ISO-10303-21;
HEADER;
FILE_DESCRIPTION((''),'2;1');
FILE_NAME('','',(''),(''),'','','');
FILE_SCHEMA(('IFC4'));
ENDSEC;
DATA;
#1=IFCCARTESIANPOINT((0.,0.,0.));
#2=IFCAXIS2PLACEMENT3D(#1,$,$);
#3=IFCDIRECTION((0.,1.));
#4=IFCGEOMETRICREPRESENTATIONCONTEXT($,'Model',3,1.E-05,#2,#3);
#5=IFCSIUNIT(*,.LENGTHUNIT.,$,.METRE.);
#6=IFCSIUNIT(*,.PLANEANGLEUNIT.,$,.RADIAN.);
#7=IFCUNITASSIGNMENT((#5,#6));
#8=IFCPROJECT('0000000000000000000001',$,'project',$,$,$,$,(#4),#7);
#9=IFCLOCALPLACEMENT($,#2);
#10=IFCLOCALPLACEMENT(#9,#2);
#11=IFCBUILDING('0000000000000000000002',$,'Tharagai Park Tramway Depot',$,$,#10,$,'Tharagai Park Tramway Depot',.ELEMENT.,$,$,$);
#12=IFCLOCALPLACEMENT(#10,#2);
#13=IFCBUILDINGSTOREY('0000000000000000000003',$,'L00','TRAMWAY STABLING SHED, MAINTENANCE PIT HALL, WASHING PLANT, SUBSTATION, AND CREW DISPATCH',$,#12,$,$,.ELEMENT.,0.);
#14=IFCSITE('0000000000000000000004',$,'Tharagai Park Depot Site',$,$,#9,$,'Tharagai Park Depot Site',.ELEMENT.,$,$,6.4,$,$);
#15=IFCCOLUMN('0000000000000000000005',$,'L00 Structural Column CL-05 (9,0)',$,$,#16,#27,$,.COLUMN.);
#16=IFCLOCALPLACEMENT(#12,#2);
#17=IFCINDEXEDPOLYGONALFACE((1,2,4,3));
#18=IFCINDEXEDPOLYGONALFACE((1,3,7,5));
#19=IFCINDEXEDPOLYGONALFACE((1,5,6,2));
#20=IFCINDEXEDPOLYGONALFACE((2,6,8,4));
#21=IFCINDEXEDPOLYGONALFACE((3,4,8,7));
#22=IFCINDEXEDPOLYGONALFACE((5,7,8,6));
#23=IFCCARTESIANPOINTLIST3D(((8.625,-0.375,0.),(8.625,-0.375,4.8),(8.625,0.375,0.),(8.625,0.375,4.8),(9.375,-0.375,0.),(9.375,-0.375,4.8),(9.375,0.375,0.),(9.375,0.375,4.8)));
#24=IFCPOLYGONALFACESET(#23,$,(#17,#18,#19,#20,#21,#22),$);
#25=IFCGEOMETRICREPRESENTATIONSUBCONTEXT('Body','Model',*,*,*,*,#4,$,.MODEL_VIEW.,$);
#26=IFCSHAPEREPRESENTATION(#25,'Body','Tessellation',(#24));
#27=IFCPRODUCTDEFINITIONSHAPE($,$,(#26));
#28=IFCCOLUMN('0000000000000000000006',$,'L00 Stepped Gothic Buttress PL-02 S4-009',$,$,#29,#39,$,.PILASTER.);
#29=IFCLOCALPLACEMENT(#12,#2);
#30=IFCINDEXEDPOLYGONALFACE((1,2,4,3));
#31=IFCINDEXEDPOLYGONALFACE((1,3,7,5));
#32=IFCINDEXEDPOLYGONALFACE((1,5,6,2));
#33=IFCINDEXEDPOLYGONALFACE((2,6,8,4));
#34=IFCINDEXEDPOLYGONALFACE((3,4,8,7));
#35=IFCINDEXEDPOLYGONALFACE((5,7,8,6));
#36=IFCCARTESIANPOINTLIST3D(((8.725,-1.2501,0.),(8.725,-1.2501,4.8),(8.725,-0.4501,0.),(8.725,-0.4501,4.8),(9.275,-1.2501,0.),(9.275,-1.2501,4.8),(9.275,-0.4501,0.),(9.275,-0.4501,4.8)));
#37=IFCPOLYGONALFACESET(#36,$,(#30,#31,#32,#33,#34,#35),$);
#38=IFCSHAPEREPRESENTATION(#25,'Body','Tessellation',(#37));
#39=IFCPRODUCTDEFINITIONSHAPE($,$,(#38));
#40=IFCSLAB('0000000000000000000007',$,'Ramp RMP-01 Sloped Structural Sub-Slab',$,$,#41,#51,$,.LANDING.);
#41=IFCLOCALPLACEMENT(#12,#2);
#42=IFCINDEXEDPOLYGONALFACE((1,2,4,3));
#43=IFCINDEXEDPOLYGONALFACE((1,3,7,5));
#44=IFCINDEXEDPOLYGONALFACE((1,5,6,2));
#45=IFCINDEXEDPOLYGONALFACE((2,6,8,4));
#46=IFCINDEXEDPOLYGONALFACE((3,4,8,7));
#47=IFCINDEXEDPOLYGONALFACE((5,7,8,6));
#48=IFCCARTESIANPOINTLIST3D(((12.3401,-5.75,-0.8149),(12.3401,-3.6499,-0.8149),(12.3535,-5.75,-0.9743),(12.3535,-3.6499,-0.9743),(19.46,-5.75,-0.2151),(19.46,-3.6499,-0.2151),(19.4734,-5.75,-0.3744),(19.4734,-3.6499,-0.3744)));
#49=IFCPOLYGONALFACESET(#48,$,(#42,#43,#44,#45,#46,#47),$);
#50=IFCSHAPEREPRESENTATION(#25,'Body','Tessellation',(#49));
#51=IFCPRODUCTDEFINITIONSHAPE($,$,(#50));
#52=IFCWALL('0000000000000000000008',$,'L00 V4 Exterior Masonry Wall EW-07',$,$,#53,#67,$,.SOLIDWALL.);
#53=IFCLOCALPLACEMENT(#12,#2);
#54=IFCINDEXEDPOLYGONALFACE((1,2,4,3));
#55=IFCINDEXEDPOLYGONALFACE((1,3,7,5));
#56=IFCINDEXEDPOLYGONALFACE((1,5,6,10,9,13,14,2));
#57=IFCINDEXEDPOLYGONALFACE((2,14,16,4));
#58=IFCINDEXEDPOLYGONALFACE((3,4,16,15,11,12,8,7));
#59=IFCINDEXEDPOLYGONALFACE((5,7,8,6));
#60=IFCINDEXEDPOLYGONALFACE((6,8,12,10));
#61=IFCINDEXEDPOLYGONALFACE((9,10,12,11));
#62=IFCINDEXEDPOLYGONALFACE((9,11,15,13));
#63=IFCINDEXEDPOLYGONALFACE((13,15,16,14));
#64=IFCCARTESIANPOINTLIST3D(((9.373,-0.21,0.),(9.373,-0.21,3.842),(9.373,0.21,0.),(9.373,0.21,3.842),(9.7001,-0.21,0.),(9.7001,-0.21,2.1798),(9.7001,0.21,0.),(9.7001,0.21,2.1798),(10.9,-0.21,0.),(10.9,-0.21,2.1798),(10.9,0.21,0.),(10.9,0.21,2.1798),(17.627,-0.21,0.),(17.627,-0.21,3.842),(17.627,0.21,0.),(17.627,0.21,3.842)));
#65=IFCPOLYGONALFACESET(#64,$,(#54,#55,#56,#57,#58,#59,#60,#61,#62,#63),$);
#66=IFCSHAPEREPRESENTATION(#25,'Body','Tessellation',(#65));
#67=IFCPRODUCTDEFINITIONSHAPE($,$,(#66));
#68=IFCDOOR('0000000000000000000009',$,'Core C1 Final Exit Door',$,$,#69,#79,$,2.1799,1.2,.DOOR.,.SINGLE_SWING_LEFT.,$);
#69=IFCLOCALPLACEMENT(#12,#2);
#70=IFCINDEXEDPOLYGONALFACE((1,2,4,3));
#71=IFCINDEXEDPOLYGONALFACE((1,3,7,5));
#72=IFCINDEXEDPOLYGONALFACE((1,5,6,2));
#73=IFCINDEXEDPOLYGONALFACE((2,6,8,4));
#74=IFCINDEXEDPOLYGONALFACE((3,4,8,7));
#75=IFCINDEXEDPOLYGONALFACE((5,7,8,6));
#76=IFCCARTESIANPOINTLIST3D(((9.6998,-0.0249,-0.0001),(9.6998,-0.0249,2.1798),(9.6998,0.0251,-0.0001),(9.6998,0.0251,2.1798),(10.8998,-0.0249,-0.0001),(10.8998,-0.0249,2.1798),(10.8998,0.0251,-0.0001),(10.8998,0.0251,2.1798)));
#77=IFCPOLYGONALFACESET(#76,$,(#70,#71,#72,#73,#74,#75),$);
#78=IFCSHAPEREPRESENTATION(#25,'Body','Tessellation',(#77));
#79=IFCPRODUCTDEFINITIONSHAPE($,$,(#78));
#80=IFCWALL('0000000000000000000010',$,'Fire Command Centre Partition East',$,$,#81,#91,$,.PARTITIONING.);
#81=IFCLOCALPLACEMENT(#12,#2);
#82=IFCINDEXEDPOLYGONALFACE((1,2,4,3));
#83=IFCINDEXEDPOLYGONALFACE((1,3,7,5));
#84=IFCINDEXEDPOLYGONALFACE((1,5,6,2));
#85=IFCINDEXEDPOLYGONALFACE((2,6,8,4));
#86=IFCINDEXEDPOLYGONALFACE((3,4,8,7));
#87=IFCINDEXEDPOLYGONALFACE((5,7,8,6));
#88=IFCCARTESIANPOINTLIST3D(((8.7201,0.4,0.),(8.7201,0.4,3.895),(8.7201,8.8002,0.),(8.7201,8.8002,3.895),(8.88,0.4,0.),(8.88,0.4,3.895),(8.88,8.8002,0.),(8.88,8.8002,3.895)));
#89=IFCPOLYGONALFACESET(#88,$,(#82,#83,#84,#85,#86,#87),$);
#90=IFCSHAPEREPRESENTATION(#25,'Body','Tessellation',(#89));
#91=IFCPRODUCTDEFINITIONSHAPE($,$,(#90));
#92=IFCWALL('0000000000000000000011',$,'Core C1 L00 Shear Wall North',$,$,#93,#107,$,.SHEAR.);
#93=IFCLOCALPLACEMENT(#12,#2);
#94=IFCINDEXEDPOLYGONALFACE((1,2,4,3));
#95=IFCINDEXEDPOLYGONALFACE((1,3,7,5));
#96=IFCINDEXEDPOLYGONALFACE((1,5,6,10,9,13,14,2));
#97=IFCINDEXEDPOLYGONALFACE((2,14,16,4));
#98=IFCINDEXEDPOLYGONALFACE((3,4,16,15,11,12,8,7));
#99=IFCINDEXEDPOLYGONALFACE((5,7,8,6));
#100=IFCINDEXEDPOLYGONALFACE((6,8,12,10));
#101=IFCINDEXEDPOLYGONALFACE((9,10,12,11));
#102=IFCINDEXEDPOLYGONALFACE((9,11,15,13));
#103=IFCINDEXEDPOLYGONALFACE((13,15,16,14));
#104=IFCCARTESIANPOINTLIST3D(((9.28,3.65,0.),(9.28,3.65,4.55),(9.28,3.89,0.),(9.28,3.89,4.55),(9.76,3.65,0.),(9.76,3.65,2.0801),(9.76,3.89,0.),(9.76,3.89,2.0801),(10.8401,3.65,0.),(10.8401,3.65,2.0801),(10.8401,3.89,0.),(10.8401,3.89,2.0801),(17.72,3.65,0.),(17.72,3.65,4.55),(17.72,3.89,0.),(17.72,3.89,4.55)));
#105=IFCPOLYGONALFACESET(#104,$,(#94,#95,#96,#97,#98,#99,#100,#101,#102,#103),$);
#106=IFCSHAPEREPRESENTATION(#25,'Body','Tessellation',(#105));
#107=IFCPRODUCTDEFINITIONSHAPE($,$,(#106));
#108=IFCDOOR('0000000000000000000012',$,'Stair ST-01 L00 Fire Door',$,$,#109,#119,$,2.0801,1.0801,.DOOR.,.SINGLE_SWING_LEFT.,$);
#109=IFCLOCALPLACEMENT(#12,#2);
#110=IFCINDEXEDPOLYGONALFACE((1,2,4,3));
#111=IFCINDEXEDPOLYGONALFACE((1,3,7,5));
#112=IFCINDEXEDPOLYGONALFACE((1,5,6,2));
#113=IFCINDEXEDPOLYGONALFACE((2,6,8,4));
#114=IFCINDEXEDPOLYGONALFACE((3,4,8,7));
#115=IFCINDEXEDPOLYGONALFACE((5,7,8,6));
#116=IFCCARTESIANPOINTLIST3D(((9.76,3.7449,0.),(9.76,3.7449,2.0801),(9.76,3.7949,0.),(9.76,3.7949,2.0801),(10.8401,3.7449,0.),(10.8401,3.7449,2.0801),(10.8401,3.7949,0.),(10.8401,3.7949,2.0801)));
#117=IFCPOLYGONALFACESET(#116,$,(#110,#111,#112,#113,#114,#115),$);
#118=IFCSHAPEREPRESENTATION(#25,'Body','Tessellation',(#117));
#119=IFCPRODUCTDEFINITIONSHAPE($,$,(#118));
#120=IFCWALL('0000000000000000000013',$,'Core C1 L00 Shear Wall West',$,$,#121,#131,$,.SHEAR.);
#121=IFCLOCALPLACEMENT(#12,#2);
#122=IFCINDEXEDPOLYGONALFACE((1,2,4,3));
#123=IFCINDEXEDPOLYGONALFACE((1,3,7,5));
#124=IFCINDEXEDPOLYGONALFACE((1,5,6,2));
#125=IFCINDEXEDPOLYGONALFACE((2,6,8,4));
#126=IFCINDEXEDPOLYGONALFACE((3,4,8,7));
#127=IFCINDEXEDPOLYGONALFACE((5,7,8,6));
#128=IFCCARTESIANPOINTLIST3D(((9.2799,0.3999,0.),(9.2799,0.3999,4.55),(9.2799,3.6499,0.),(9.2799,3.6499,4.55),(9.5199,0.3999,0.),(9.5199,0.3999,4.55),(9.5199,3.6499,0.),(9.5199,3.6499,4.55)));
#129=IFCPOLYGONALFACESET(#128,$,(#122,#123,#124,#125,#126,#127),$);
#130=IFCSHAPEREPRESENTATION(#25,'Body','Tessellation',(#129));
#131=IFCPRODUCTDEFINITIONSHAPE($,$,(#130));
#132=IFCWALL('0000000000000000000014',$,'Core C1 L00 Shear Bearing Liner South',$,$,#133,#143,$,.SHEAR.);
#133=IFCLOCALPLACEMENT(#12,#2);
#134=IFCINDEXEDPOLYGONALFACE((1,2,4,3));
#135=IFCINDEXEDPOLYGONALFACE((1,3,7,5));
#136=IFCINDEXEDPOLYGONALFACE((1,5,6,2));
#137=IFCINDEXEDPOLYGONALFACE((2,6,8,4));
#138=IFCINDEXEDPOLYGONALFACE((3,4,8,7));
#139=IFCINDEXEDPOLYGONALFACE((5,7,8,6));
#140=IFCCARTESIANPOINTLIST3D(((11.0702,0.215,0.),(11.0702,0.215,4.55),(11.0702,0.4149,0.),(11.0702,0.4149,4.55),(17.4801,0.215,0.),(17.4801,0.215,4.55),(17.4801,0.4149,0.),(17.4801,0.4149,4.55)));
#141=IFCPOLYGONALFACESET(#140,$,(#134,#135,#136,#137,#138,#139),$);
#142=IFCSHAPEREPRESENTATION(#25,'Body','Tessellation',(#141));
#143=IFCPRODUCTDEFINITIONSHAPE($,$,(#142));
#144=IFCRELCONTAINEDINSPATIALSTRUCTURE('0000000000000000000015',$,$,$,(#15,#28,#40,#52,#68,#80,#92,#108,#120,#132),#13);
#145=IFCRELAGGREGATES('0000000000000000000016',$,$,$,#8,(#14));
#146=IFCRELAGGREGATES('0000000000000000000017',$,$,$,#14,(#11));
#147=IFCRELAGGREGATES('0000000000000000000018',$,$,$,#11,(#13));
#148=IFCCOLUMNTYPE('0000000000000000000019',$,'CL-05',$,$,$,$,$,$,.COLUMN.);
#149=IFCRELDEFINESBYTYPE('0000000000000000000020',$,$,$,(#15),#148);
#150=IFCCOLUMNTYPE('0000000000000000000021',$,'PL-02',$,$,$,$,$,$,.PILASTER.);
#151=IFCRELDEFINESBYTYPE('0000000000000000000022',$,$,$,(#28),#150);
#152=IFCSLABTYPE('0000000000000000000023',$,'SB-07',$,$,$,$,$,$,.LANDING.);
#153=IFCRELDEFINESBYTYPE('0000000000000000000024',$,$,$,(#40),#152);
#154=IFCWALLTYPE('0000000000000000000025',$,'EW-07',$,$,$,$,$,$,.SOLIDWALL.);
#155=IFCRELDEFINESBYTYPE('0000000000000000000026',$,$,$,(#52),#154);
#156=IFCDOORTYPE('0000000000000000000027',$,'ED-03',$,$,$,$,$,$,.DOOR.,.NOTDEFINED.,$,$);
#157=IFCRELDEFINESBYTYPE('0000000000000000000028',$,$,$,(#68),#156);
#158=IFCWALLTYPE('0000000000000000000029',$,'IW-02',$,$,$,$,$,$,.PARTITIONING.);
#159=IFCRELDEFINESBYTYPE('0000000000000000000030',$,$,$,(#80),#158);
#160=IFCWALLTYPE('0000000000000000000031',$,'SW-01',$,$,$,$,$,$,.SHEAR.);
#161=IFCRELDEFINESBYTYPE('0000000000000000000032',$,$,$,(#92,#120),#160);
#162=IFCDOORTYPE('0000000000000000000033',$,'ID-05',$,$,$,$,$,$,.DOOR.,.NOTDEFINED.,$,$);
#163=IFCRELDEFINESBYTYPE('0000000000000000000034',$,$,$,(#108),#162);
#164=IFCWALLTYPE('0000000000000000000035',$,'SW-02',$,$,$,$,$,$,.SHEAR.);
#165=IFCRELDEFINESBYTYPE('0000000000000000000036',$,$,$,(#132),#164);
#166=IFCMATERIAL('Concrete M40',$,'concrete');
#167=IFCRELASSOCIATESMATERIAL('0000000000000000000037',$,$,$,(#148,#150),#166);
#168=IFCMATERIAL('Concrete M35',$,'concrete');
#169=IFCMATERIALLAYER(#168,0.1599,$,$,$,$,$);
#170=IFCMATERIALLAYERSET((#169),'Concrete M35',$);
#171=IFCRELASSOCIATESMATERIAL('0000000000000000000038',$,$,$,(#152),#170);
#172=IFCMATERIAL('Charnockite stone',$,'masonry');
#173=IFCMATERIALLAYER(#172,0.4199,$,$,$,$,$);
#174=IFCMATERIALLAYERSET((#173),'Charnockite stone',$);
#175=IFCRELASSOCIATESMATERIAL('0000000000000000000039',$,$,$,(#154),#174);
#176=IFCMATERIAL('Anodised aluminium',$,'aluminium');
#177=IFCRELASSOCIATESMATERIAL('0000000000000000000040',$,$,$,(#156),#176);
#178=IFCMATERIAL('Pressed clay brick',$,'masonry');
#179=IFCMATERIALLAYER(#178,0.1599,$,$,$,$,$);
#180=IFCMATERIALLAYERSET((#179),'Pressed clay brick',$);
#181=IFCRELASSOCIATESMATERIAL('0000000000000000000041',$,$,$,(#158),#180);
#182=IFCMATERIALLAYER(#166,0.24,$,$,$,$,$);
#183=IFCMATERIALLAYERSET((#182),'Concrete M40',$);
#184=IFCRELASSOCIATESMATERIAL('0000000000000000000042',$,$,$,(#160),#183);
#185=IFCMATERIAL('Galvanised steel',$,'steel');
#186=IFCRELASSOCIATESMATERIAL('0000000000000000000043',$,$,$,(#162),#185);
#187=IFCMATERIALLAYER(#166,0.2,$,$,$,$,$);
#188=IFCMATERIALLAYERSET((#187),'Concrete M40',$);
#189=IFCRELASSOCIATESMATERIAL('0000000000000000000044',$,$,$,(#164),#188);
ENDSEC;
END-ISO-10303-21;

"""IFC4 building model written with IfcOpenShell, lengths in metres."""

from ifc_helpers import new_model, si_unit, direction, frame, frame_2d, origin, origin_2d, place, context, subcontext, project, spatial, polyline, rectangle, outline, extrude, material, layer, layer_set, material_profile, profile_set, type_object, element, fill, save


model = new_model("IFC4")

# Units and contexts
model_context = context("Model", 3, precision=1e-05, world=origin(), true_north=direction((0.0, 1.0)))
body_context = subcontext(model_context, "Body", "Model", "MODEL_VIEW")
ifc_project = project(units=[si_unit("LENGTHUNIT", "METRE"), si_unit("PLANEANGLEUNIT", "RADIAN")], contexts=[model_context])

# Site, building, storey
site_placement = place(None, origin())
site = spatial("IfcSite", under=ifc_project, at=site_placement, Name="Tharagai Park Depot Site", LongName="Tharagai Park Depot Site", CompositionType="ELEMENT", RefElevation=6.4)
building_placement = place(site_placement, origin())
building = spatial("IfcBuilding", under=site, at=building_placement, Name="Tharagai Park Tramway Depot", LongName="Tharagai Park Tramway Depot", CompositionType="ELEMENT")
storey_placement = place(building_placement, origin())
storey = spatial("IfcBuildingStorey", under=building, at=storey_placement, Name="L00", Description="TRAMWAY STABLING SHED, MAINTENANCE PIT HALL, WASHING PLANT, SUBSTATION, AND CREW DISPATCH", CompositionType="ELEMENT", Elevation=0.0)

# Shared definitions
ifc_material_1 = material(Name="Concrete M40", Category="concrete")

# Columns
ifc_material_profile_1 = material_profile(ifc_material_1, rectangle(XDim=0.75, YDim=0.75, at=origin_2d()), Name="RC 750x750")
ifc_profile_set_1 = profile_set([ifc_material_profile_1], Name="Concrete M40")
column_type_1 = type_object("IfcColumnType", Name="CL-05", PredefinedType="COLUMN", material=ifc_profile_set_1)
column_1_placement = place(storey_placement, frame((9.0, 0.0, 0.0), z_axis=(0.0, 0.0, 1.0), x_axis=(1.0, 0.0, 0.0)))
element("IfcColumn", 1, at=column_1_placement, inside=storey, type_object=column_type_1, Name="L00 Structural Column CL-05 (9,0)", PredefinedType="COLUMN", context=body_context, shape_type="SweptSolid", body=[
    extrude(rectangle(XDim=0.75, YDim=0.75, at=origin_2d()), origin(), (0.0, 0.0, 1.0), 4.8),
])
ifc_material_profile_2 = material_profile(ifc_material_1, rectangle(XDim=0.55, YDim=0.8, at=origin_2d()), Name="RC 550x800")
ifc_profile_set_2 = profile_set([ifc_material_profile_2], Name="Concrete M40")
column_type_2 = type_object("IfcColumnType", Name="PL-02", PredefinedType="PILASTER", material=ifc_profile_set_2)
column_2_placement = place(storey_placement, frame((9.0, -0.8501, 0.0), z_axis=(0.0, 0.0, 1.0), x_axis=(1.0, 0.0, 0.0)))
element("IfcColumn", 2, at=column_2_placement, inside=storey, type_object=column_type_2, Name="L00 Stepped Gothic Buttress PL-02 S4-009", PredefinedType="PILASTER", context=body_context, shape_type="SweptSolid", body=[
    extrude(rectangle(XDim=0.55, YDim=0.8, at=origin_2d()), origin(), (0.0, 0.0, 1.0), 4.8),
])

# Slab
ifc_material_2 = material(Name="Concrete M35", Category="concrete")
ifc_layer_1 = layer(ifc_material_2, 0.1599)
ifc_layer_set_1 = layer_set([ifc_layer_1], Name="Concrete M35")
slab_type = type_object("IfcSlabType", Name="SB-07", PredefinedType="LANDING", material=ifc_layer_set_1)
slab_placement = place(storey_placement, frame((12.3401, -5.75, -0.8149), z_axis=(-0.083953, 0.0, 0.99647), x_axis=(0.0, 1.0, 0.0)))
element("IfcSlab", 3, at=slab_placement, inside=storey, type_object=slab_type, Name="Ramp RMP-01 Sloped Structural Sub-Slab", PredefinedType="LANDING", context=body_context, shape_type="SweptSolid", body=[
    extrude(outline(polyline([(0.0, 0.0), (2.1001, 0.0), (2.1001, -7.1451), (0.0, -7.1451), (0.0, 0.0)])), origin(), (0.0, 0.0, -1.0), 0.1599),
])

# Wall, opening, door
ifc_material_3 = material(Name="Charnockite stone", Category="masonry")
ifc_layer_2 = layer(ifc_material_3, 0.4199)
ifc_layer_set_2 = layer_set([ifc_layer_2], Name="Charnockite stone")
wall_type_1 = type_object("IfcWallType", Name="EW-07", PredefinedType="SOLIDWALL", material=ifc_layer_set_2)
wall_1_placement = place(storey_placement, frame((9.373, 0.0, 0.0), z_axis=(0.0, 0.0, 1.0), x_axis=(1.0, 0.0, 0.0)))
wall_1 = element("IfcWall", 4, at=wall_1_placement, inside=storey, type_object=wall_type_1, Name="L00 V4 Exterior Masonry Wall EW-07", PredefinedType="SOLIDWALL", context=body_context, shape_type="SweptSolid", body=[
    extrude(rectangle(XDim=8.2539, YDim=0.4199, at=frame_2d((4.127, 0.0))), origin(), (0.0, 0.0, 1.0), 3.842),
])
opening_1_placement = place(wall_1_placement, frame((0.3269, 0.0, 0.0)))
opening_1 = element("IfcOpeningElement", 5, at=opening_1_placement, cuts=wall_1, PredefinedType="OPENING", context=body_context, shape_type="SweptSolid", body=[
    extrude(rectangle(XDim=1.2, YDim=2.1799, at=frame_2d((0.6001, 1.0898))), frame((0.0, 0.22, 0.0), z_axis=(0.0, -1.0, 0.0), x_axis=(1.0, 0.0, 0.0)), (0.0, 0.0, 1.0), 0.4399),
])
ifc_material_4 = material(Name="Anodised aluminium", Category="aluminium")
door_type_1 = type_object("IfcDoorType", Name="ED-03", OperationType="NOTDEFINED", PredefinedType="DOOR", material=ifc_material_4)
door_1_placement = place(opening_1_placement, frame((1.2, 0.0, 0.0), z_axis=(0.0, 0.0, 1.0), x_axis=(-1.0, 0.0, 0.0)))
door_1 = element("IfcDoor", 6, at=door_1_placement, inside=storey, type_object=door_type_1, Name="Core C1 Final Exit Door", OperationType="SINGLE_SWING_LEFT", OverallHeight=2.1799, OverallWidth=1.2, PredefinedType="DOOR", context=body_context, shape_type="SweptSolid", body=[
    extrude(rectangle(XDim=1.2, YDim=2.1799, at=frame_2d((0.6001, 1.0898))), frame((0.0, 0.0249, 0.0), z_axis=(0.0, -1.0, 0.0), x_axis=(1.0, 0.0, 0.0)), (0.0, 0.0, 1.0), 0.05),
])
fill(opening_1, door_1)

# Wall
ifc_material_5 = material(Name="Pressed clay brick", Category="masonry")
ifc_layer_3 = layer(ifc_material_5, 0.1599)
ifc_layer_set_3 = layer_set([ifc_layer_3], Name="Pressed clay brick")
wall_type_2 = type_object("IfcWallType", Name="IW-02", PredefinedType="PARTITIONING", material=ifc_layer_set_3)
wall_2_placement = place(storey_placement, frame((8.8, 0.3999, 0.0), z_axis=(0.0, 0.0, 1.0), x_axis=(0.0, 1.0, 0.0)))
element("IfcWall", 7, at=wall_2_placement, inside=storey, type_object=wall_type_2, Name="Fire Command Centre Partition East", PredefinedType="PARTITIONING", context=body_context, shape_type="SweptSolid", body=[
    extrude(rectangle(XDim=8.4001, YDim=0.1599, at=frame_2d((4.2002, 0.0))), origin(), (0.0, 0.0, 1.0), 3.895),
])

# Wall, opening, door
ifc_layer_4 = layer(ifc_material_1, 0.24)
ifc_layer_set_4 = layer_set([ifc_layer_4], Name="Concrete M40")
wall_type_3 = type_object("IfcWallType", Name="SW-01", PredefinedType="SHEAR", material=ifc_layer_set_4)
wall_3_placement = place(storey_placement, frame((9.28, 3.77, 0.0), z_axis=(0.0, 0.0, 1.0), x_axis=(1.0, 0.0, 0.0)))
wall_3 = element("IfcWall", 8, at=wall_3_placement, inside=storey, type_object=wall_type_3, Name="Core C1 L00 Shear Wall North", PredefinedType="SHEAR", context=body_context, shape_type="SweptSolid", body=[
    extrude(rectangle(XDim=8.4399, YDim=0.24, at=frame_2d((4.22, 0.0))), origin(), (0.0, 0.0, 1.0), 4.55),
])
opening_2_placement = place(wall_3_placement, frame((0.48, 0.0, 0.0)))
opening_2 = element("IfcOpeningElement", 9, at=opening_2_placement, cuts=wall_3, PredefinedType="OPENING", context=body_context, shape_type="SweptSolid", body=[
    extrude(rectangle(XDim=1.0801, YDim=2.0801, at=frame_2d((0.54, 1.04))), frame((0.0, 0.1299, 0.0), z_axis=(0.0, -1.0, 0.0), x_axis=(1.0, 0.0, 0.0)), (0.0, 0.0, 1.0), 0.26),
])
ifc_material_6 = material(Name="Galvanised steel", Category="steel")
door_type_2 = type_object("IfcDoorType", Name="ID-05", OperationType="NOTDEFINED", PredefinedType="DOOR", material=ifc_material_6)
door_2_placement = place(opening_2_placement, origin())
door_2 = element("IfcDoor", 10, at=door_2_placement, inside=storey, type_object=door_type_2, Name="Stair ST-01 L00 Fire Door", OperationType="SINGLE_SWING_LEFT", OverallHeight=2.0801, OverallWidth=1.0801, PredefinedType="DOOR", context=body_context, shape_type="SweptSolid", body=[
    extrude(rectangle(XDim=1.0801, YDim=2.0801, at=frame_2d((0.54, 1.04))), frame((0.0, 0.0249, 0.0), z_axis=(0.0, -1.0, 0.0), x_axis=(1.0, 0.0, 0.0)), (0.0, 0.0, 1.0), 0.05),
])
fill(opening_2, door_2)

# Walls
wall_4_placement = place(storey_placement, frame((9.3999, 0.3999, 0.0), z_axis=(0.0, 0.0, 1.0), x_axis=(0.0, 1.0, 0.0)))
element("IfcWall", 11, at=wall_4_placement, inside=storey, type_object=wall_type_3, Name="Core C1 L00 Shear Wall West", PredefinedType="SHEAR", context=body_context, shape_type="SweptSolid", body=[
    extrude(rectangle(XDim=3.25, YDim=0.24, at=frame_2d((1.625, 0.0))), origin(), (0.0, 0.0, 1.0), 4.55),
])
ifc_layer_5 = layer(ifc_material_1, 0.2)
ifc_layer_set_5 = layer_set([ifc_layer_5], Name="Concrete M40")
wall_type_4 = type_object("IfcWallType", Name="SW-02", PredefinedType="SHEAR", material=ifc_layer_set_5)
wall_5_placement = place(storey_placement, frame((11.0701, 0.3149, 0.0), z_axis=(0.0, 0.0, 1.0), x_axis=(1.0, 0.0, 0.0)))
element("IfcWall", 12, at=wall_5_placement, inside=storey, type_object=wall_type_4, Name="Core C1 L00 Shear Bearing Liner South", PredefinedType="SHEAR", context=body_context, shape_type="SweptSolid", body=[
    extrude(rectangle(XDim=6.4099, YDim=0.2, at=frame_2d((3.2051, 0.0))), origin(), (0.0, 0.0, 1.0), 4.55),
])

save(model, "model.ifc")
